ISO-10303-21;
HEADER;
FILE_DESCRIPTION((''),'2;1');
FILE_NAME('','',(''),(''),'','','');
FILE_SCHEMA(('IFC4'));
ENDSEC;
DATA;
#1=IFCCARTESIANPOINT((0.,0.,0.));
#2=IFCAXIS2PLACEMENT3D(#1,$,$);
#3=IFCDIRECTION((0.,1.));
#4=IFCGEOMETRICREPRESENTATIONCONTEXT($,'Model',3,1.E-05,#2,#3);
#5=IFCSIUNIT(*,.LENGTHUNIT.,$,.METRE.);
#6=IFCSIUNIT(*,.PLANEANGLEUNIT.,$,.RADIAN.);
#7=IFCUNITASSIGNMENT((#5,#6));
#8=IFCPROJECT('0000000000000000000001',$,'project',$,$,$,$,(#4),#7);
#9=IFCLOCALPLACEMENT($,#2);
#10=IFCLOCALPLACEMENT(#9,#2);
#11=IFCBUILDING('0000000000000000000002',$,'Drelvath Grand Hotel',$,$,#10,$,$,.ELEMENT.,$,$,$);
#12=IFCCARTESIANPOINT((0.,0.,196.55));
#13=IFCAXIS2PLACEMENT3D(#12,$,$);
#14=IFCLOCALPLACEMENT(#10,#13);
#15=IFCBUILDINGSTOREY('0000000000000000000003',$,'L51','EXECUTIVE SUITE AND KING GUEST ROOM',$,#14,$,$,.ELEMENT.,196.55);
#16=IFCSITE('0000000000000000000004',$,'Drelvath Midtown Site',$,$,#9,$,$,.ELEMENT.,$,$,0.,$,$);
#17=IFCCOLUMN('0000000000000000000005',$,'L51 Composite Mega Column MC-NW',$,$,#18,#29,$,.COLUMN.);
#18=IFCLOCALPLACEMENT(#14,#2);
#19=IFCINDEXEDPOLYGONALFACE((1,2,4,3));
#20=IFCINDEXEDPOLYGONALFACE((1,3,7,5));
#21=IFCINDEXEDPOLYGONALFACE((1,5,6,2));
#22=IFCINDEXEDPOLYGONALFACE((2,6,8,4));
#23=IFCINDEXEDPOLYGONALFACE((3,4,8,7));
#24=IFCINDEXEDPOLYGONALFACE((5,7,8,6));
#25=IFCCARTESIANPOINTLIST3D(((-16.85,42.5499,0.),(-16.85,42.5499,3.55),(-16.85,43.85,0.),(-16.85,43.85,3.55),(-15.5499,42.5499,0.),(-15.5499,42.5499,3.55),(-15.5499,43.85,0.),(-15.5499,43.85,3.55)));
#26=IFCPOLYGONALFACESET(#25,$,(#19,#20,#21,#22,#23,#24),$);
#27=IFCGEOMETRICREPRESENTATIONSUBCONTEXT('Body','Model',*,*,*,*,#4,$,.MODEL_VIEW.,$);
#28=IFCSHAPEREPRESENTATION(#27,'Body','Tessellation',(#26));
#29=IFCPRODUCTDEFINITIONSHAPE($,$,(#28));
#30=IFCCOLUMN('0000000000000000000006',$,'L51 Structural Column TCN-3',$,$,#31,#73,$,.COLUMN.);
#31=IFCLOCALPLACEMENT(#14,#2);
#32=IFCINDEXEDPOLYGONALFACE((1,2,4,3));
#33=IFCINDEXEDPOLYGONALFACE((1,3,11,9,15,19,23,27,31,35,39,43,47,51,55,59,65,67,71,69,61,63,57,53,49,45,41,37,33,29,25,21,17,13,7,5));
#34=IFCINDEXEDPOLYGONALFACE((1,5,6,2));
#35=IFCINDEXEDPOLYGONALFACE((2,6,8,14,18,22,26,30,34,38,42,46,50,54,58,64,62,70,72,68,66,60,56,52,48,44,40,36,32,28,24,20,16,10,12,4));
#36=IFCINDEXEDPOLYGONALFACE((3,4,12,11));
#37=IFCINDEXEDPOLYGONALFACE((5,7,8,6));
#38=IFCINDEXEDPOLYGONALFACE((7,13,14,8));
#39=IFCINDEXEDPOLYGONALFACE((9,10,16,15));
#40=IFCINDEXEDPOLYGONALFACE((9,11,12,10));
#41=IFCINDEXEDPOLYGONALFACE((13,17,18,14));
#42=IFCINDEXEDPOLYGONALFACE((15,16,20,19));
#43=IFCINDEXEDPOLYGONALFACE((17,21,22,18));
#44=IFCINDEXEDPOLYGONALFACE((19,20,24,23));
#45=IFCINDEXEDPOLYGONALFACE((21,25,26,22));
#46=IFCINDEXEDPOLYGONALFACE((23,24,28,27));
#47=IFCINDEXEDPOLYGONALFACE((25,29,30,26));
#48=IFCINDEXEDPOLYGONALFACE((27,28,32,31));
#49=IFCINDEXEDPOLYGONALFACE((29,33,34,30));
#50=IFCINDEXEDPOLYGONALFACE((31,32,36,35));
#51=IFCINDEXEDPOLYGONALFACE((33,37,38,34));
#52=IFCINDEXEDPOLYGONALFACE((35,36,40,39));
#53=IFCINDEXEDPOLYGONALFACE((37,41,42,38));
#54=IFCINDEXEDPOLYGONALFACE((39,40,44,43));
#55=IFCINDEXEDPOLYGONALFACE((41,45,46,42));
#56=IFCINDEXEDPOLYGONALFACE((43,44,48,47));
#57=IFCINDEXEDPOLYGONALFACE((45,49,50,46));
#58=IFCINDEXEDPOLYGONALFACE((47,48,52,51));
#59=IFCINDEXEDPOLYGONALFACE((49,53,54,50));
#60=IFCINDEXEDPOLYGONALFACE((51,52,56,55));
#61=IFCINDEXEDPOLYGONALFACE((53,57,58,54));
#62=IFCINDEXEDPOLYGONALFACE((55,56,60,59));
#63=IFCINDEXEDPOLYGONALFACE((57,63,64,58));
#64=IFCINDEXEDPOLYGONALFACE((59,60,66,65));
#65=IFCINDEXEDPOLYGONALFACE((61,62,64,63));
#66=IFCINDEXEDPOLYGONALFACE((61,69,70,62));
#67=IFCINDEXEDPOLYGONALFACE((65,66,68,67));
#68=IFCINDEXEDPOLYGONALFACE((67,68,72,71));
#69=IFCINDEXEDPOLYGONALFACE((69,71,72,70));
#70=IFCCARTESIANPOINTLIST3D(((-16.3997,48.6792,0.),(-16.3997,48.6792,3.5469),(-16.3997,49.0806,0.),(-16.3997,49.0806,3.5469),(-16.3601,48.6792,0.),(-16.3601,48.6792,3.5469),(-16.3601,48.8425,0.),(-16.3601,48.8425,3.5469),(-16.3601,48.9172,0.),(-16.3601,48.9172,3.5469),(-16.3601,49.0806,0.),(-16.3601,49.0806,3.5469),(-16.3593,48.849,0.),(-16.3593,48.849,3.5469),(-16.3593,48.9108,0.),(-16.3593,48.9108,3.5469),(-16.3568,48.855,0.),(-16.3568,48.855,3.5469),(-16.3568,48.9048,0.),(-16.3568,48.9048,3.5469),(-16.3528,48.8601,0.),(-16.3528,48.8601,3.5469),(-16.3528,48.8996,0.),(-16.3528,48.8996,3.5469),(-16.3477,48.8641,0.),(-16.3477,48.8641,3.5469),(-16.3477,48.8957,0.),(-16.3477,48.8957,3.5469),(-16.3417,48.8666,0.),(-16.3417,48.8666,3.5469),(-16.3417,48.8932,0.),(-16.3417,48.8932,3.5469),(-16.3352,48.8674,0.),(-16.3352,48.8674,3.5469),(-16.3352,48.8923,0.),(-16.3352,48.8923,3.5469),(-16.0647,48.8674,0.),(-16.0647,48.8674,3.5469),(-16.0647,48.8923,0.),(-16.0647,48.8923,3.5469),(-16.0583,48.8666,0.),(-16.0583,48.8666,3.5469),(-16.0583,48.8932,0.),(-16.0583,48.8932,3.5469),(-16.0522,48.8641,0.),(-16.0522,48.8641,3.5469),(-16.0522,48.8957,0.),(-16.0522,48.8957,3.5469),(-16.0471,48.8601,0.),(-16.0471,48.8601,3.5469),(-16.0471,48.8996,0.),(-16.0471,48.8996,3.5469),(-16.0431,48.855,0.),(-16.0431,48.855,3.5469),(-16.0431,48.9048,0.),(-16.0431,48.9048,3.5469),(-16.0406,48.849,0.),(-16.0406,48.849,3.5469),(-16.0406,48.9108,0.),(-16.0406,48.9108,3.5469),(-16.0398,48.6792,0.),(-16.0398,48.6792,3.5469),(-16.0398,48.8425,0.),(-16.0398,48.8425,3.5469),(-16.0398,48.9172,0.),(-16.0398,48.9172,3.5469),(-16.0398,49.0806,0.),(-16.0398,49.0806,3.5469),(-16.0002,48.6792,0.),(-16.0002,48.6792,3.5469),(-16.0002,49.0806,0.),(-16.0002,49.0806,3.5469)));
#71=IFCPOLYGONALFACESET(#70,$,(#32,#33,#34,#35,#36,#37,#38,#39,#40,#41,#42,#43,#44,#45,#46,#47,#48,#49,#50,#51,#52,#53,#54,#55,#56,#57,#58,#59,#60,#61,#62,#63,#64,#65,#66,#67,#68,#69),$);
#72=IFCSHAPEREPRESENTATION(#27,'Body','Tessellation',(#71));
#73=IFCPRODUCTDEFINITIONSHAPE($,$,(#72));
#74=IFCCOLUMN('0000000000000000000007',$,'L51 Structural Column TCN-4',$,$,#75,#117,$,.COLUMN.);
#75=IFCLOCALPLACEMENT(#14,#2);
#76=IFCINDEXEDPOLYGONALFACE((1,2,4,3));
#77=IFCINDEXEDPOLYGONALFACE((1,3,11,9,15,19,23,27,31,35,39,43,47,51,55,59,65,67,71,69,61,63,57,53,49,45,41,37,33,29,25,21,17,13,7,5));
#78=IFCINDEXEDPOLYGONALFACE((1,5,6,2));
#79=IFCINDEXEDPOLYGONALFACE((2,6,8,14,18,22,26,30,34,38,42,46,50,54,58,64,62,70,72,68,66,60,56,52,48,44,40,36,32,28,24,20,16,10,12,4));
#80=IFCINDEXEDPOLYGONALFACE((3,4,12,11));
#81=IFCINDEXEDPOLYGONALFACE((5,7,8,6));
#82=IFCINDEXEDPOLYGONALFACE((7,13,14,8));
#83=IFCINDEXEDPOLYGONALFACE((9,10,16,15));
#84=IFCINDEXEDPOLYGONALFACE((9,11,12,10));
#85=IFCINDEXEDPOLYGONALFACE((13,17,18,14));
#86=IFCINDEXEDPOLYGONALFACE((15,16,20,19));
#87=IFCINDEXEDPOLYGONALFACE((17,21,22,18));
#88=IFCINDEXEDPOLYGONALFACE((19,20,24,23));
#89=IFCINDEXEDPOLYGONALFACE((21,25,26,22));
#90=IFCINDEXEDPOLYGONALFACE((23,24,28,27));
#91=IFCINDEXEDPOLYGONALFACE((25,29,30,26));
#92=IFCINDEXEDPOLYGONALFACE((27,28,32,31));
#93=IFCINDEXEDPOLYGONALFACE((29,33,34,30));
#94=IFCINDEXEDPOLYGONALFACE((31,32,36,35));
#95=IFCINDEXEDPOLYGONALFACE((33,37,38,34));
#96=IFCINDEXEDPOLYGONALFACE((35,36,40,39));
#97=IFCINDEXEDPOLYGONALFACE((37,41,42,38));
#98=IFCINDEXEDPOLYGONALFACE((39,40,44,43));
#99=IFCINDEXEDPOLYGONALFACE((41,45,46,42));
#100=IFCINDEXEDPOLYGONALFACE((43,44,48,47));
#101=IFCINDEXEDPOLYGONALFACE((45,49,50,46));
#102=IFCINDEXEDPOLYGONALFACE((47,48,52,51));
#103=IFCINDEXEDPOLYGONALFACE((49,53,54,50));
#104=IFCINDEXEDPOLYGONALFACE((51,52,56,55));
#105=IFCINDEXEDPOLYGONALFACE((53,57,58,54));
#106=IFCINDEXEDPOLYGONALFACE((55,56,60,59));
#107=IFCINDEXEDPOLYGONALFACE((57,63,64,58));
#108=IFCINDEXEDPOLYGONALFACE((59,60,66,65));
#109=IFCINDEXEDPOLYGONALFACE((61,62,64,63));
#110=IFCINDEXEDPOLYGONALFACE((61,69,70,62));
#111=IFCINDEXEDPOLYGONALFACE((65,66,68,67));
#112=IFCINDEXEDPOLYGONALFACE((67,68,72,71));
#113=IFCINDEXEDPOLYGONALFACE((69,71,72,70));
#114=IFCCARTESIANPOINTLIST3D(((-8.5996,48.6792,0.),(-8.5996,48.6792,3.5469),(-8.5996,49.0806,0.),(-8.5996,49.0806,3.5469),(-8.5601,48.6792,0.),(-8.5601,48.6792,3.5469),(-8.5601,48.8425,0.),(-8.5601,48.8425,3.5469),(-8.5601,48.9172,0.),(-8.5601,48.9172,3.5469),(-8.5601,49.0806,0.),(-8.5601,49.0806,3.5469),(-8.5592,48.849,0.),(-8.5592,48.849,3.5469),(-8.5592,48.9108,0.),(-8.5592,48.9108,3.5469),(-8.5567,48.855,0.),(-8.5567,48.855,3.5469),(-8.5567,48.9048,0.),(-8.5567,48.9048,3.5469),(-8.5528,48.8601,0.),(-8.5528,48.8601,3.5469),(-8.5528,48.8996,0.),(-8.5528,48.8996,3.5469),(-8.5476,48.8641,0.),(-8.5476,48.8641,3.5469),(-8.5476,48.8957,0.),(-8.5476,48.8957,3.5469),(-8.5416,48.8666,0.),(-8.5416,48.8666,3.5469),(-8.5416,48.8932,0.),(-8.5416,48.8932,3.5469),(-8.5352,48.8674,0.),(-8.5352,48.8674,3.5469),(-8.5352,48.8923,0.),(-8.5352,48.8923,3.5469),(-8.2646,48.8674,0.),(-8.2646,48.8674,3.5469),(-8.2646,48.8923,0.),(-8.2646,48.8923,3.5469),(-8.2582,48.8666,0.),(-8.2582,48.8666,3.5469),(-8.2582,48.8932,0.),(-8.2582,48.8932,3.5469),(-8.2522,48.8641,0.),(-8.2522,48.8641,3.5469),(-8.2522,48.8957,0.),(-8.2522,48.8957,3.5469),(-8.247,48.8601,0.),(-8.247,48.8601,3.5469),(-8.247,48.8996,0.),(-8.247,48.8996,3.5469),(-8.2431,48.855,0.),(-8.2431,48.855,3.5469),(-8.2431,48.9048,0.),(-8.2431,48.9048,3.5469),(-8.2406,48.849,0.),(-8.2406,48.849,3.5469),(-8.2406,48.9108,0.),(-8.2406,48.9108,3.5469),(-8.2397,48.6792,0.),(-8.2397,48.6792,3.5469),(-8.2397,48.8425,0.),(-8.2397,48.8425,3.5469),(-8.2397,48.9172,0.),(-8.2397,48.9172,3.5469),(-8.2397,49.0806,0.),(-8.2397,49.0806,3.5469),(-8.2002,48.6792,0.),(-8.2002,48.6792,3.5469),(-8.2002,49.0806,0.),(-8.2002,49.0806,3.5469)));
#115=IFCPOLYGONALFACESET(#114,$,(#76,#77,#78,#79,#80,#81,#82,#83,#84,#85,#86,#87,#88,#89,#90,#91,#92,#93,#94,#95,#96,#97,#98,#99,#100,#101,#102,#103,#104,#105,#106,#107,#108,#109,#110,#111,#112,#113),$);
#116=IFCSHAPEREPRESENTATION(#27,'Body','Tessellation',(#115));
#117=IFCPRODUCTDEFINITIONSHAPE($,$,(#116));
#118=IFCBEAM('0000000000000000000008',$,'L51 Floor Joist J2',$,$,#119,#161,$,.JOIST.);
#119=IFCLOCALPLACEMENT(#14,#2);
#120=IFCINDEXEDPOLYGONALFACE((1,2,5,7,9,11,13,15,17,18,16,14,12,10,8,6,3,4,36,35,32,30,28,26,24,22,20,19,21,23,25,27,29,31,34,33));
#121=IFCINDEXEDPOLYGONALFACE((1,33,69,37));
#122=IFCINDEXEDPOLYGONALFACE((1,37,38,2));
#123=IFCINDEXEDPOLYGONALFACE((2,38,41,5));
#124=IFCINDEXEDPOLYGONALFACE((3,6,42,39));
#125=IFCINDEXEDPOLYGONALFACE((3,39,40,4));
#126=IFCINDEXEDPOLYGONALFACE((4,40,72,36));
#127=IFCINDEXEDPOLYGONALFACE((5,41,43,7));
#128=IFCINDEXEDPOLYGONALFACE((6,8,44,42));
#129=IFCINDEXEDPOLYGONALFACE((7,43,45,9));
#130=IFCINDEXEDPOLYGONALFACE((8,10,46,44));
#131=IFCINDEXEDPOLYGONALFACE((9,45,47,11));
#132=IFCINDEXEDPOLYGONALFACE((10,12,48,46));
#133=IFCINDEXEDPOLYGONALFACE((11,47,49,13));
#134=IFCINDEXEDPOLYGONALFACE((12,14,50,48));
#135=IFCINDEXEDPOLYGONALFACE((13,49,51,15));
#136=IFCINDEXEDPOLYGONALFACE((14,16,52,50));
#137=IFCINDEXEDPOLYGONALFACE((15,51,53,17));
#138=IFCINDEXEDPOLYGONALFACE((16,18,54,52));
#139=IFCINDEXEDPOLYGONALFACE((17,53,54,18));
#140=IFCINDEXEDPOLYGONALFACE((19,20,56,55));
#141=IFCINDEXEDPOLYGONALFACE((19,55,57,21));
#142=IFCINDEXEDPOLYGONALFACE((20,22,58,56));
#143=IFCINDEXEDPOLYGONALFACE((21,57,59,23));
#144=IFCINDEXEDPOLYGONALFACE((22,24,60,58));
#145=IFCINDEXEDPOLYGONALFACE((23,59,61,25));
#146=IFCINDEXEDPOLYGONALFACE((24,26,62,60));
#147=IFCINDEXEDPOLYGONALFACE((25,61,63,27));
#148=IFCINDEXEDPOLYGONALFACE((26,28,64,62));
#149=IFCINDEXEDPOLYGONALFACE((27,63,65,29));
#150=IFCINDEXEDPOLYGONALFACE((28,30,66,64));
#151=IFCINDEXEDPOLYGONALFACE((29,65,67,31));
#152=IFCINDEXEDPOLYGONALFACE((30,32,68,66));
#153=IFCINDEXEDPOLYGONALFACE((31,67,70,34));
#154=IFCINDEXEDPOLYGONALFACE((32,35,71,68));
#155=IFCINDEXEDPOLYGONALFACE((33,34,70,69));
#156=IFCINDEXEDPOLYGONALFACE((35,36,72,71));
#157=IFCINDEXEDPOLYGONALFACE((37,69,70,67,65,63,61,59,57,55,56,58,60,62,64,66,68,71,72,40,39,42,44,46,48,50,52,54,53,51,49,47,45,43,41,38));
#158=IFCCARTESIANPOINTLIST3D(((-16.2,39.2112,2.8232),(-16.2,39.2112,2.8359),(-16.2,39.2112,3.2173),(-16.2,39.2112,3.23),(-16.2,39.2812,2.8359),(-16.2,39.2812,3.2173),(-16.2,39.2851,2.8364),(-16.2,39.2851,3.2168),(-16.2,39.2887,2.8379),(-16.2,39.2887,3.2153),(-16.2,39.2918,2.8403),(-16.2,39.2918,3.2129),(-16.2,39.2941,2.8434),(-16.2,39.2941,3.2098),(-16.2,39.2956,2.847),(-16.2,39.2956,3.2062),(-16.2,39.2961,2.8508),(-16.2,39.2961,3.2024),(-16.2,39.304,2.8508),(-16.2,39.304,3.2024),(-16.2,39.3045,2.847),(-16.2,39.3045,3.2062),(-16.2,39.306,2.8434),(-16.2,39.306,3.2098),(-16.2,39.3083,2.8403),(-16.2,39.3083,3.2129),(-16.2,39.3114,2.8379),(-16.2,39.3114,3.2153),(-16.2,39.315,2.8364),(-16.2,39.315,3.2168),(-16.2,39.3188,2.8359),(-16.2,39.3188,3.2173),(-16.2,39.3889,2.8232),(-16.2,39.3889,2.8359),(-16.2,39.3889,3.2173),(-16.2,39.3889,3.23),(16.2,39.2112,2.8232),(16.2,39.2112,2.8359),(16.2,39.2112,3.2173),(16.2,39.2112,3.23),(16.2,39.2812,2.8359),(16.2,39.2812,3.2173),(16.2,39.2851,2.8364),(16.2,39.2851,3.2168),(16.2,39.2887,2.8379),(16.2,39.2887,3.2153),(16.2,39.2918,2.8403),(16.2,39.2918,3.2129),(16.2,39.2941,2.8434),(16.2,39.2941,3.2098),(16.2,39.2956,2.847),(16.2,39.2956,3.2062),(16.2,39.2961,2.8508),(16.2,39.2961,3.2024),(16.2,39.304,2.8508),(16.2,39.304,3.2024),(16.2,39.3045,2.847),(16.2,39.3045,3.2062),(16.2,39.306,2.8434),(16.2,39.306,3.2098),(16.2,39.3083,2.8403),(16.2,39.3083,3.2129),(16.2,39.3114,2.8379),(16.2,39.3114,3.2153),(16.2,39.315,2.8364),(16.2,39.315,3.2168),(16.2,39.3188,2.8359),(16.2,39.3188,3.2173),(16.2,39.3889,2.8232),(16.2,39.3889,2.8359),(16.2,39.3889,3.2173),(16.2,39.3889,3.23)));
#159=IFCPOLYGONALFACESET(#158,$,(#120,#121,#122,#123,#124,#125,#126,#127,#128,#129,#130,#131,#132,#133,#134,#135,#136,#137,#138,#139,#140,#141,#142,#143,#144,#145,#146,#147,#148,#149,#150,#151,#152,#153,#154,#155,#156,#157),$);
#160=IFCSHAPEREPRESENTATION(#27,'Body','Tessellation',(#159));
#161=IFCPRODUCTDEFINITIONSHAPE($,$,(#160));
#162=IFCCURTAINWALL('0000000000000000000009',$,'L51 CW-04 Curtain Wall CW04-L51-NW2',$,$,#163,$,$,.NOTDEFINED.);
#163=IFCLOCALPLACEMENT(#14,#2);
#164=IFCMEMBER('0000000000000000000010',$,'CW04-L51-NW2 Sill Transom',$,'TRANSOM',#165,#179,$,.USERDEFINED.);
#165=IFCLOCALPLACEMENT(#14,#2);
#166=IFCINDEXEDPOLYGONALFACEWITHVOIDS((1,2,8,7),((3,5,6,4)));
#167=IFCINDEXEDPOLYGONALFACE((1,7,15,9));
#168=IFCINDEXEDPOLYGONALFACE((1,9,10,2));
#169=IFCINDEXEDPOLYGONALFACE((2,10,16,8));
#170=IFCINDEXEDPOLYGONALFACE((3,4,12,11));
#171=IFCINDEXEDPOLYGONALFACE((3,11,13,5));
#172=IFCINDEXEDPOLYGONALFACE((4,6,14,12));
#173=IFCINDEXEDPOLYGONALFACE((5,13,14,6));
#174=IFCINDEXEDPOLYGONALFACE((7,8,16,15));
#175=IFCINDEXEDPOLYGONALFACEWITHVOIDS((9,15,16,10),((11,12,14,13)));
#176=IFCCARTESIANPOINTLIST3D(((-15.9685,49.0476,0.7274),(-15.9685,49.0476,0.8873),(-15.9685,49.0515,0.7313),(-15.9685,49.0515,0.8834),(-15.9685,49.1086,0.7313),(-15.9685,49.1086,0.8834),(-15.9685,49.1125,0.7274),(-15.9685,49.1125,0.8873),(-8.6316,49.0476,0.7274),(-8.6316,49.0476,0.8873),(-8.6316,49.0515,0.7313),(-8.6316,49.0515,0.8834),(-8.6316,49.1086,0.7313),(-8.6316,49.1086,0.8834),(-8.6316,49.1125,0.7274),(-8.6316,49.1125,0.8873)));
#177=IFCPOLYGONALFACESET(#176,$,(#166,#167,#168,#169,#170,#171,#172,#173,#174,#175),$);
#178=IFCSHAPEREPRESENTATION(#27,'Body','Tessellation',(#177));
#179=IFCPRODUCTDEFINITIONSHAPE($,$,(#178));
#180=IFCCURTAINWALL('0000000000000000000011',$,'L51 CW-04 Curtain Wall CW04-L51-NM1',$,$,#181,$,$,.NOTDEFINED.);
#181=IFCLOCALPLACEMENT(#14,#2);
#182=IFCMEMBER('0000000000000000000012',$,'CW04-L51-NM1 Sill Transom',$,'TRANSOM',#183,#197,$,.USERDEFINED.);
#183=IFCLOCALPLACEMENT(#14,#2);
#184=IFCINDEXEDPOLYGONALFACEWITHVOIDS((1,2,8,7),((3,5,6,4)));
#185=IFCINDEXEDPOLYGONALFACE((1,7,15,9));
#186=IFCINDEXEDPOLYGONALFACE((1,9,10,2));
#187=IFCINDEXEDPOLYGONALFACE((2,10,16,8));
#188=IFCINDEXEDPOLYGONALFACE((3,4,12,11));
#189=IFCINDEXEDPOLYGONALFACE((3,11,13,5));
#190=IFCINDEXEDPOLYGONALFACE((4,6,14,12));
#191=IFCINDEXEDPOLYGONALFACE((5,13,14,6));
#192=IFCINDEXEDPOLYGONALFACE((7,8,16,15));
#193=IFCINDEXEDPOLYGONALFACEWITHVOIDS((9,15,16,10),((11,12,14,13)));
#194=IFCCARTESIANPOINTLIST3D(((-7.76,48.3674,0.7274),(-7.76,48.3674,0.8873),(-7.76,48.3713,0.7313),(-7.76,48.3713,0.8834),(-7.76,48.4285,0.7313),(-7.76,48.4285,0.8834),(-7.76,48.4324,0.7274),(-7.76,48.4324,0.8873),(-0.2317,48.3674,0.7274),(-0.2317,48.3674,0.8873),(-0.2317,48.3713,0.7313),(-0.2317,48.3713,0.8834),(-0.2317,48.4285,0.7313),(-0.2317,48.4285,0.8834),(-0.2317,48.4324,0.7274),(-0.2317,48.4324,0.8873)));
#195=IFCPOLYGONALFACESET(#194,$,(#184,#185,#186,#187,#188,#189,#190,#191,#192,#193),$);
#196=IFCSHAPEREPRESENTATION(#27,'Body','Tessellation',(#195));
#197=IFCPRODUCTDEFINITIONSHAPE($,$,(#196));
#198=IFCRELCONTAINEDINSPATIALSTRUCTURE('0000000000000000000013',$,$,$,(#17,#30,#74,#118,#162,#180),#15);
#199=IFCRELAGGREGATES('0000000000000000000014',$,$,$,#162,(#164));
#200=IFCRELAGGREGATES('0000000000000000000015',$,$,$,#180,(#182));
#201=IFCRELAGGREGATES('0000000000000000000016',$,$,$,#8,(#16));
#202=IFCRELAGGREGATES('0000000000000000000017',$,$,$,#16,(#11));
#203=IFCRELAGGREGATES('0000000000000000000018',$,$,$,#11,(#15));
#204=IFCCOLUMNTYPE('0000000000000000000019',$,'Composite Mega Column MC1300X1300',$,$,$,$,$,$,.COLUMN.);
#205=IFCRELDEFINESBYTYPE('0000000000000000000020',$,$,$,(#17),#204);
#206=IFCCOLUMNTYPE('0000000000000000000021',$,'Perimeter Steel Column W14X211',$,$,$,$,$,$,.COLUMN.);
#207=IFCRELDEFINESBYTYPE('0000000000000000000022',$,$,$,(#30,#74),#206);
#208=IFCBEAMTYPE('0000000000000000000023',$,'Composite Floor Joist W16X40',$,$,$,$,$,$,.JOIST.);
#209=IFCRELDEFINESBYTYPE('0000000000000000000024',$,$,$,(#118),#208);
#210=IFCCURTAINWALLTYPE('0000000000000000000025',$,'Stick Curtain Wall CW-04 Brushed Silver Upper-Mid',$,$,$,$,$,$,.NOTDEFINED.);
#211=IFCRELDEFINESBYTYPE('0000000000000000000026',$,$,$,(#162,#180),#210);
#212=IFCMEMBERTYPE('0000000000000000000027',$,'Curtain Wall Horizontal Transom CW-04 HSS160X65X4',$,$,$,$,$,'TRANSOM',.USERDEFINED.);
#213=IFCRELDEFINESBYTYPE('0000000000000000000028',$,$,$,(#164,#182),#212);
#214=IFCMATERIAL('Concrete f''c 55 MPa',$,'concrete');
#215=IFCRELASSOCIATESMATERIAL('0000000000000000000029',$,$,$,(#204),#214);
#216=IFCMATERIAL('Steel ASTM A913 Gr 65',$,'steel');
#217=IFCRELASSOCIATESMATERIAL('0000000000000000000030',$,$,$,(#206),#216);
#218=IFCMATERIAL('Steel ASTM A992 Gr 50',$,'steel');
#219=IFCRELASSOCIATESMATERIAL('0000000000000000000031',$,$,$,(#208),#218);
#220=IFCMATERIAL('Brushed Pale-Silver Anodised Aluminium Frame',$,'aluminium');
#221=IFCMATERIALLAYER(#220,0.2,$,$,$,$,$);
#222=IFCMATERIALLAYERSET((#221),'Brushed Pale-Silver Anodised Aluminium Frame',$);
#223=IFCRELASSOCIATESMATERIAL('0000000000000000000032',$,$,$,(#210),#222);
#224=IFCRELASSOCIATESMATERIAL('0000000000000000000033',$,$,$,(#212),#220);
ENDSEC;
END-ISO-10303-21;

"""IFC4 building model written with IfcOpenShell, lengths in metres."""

from ifc_helpers import new_model, si_unit, direction, frame, origin, origin_2d, place, context, subcontext, project, spatial, rectangle, hollow_rectangle, i_section, extrude, material, layer, layer_set, material_profile, profile_set, type_object, element, aggregate, save


model = new_model("IFC4")

# Units and contexts
model_context = context("Model", 3, precision=1e-05, world=origin(), true_north=direction((0.0, 1.0)))
body_context = subcontext(model_context, "Body", "Model", "MODEL_VIEW")
ifc_project = project(units=[si_unit("LENGTHUNIT", "METRE"), si_unit("PLANEANGLEUNIT", "RADIAN")], contexts=[model_context])

# Site, building, storey
site_placement = place(None, origin())
site = spatial("IfcSite", under=ifc_project, at=site_placement, Name="Drelvath Midtown Site", CompositionType="ELEMENT", RefElevation=0.0)
building_placement = place(site_placement, origin())
building = spatial("IfcBuilding", under=site, at=building_placement, Name="Drelvath Grand Hotel", CompositionType="ELEMENT")
storey_placement = place(building_placement, frame((0.0, 0.0, 196.55)))
storey = spatial("IfcBuildingStorey", under=building, at=storey_placement, Name="L51", Description="EXECUTIVE SUITE AND KING GUEST ROOM", CompositionType="ELEMENT", Elevation=196.55)

# Columns
ifc_material_1 = material(Name="Concrete f'c 55 MPa", Category="concrete")
ifc_material_profile_1 = material_profile(ifc_material_1, rectangle(XDim=1.3, YDim=1.3, at=origin_2d()), Name="MC1300X1300")
ifc_profile_set_1 = profile_set([ifc_material_profile_1], Name="Concrete f'c 55 MPa")
column_type_1 = type_object("IfcColumnType", Name="Composite Mega Column MC1300X1300", PredefinedType="COLUMN", material=ifc_profile_set_1)
column_placement = place(storey_placement, frame((-16.2, 43.2, 0.0), z_axis=(0.0, 0.0, 1.0), x_axis=(1.0, 0.0, 0.0)))
element("IfcColumn", 1, at=column_placement, inside=storey, type_object=column_type_1, Name="L51 Composite Mega Column MC-NW", PredefinedType="COLUMN", context=body_context, shape_type="SweptSolid", body=[
    extrude(rectangle(XDim=1.3, YDim=1.3, at=origin_2d()), origin(), (0.0, 0.0, 1.0), 3.55),
])
ifc_material_2 = material(Name="Steel ASTM A913 Gr 65", Category="steel")
ifc_material_profile_2 = material_profile(ifc_material_2, i_section(OverallWidth=0.4014, OverallDepth=0.3994, WebThickness=0.0249, FlangeThickness=0.0396, FilletRadius=0.0249, at=origin_2d()), Name="W14X211")
ifc_profile_set_2 = profile_set([ifc_material_profile_2], Name="Steel ASTM A913 Gr 65")
column_type_2 = type_object("IfcColumnType", Name="Perimeter Steel Column W14X211", PredefinedType="COLUMN", material=ifc_profile_set_2)
for number, where, z_axis, x_axis, name in (
    (2, (-16.2, 48.8799, 0.0), (0.0, 0.0, 1.0), (0.0, 1.0, 0.0), "L51 Structural Column TCN-3"),
    (3, (-8.3999, 48.8799, 0.0), (0.0, 0.0, 1.0), (0.0, 1.0, 0.0), "L51 Structural Column TCN-4"),
):
    element("IfcColumn", number, at=place(storey_placement, frame(where, z_axis=z_axis, x_axis=x_axis)), inside=storey, type_object=column_type_2, Name=name, PredefinedType="COLUMN", context=body_context, shape_type="SweptSolid", body=[
        extrude(i_section(OverallWidth=0.4014, OverallDepth=0.3994, WebThickness=0.0249, FlangeThickness=0.0396, FilletRadius=0.0249, at=origin_2d()), origin(), (0.0, 0.0, 1.0), 3.5469),
    ])

# Beam
ifc_material_3 = material(Name="Steel ASTM A992 Gr 50", Category="steel")
ifc_material_profile_3 = material_profile(ifc_material_3, i_section(OverallWidth=0.1777, OverallDepth=0.4067, WebThickness=0.0078, FlangeThickness=0.0127, FilletRadius=0.0149, at=origin_2d()), Name="W16X40")
ifc_profile_set_3 = profile_set([ifc_material_profile_3], Name="Steel ASTM A992 Gr 50")
beam_type_1 = type_object("IfcBeamType", Name="Composite Floor Joist W16X40", PredefinedType="JOIST", material=ifc_profile_set_3)
beam_1_placement = place(storey_placement, frame((-16.2, 39.3, 3.0266), z_axis=(1.0, 0.0, 0.0), x_axis=(0.0, 1.0, 0.0)))
element("IfcBeam", 4, at=beam_1_placement, inside=storey, type_object=beam_type_1, Name="L51 Floor Joist J2", PredefinedType="JOIST", context=body_context, shape_type="SweptSolid", body=[
    extrude(i_section(OverallWidth=0.1777, OverallDepth=0.4067, WebThickness=0.0078, FlangeThickness=0.0127, FilletRadius=0.0149, at=origin_2d()), origin(), (0.0, 0.0, 1.0), 32.3999),
])

# Curtain walls, members
ifc_material_4 = material(Name="Brushed Pale-Silver Anodised Aluminium Frame", Category="aluminium")
ifc_layer_1 = layer(ifc_material_4, 0.2)
ifc_layer_set_1 = layer_set([ifc_layer_1], Name="Brushed Pale-Silver Anodised Aluminium Frame")
curtain_wall_type = type_object("IfcCurtainWallType", Name="Stick Curtain Wall CW-04 Brushed Silver Upper-Mid", PredefinedType="NOTDEFINED", material=ifc_layer_set_1)
curtain_wall_1_placement = place(storey_placement, origin())
curtain_wall_1 = element("IfcCurtainWall", 5, at=curtain_wall_1_placement, inside=storey, type_object=curtain_wall_type, Name="L51 CW-04 Curtain Wall CW04-L51-NW2", PredefinedType="NOTDEFINED")
ifc_material_profile_4 = material_profile(ifc_material_4, hollow_rectangle(XDim=0.0649, YDim=0.1599, WallThickness=0.0039, at=origin_2d()), Name="HSS160X65X4")
ifc_profile_set_4 = profile_set([ifc_material_profile_4], Name="Brushed Pale-Silver Anodised Aluminium Frame")
member_type_1 = type_object("IfcMemberType", Name="Curtain Wall Horizontal Transom CW-04 HSS160X65X4", ElementType="TRANSOM", PredefinedType="USERDEFINED", material=ifc_profile_set_4)
member_1_placement = place(storey_placement, frame((-15.9685, 49.0801, 0.8074), z_axis=(1.0, 0.0, 0.0), x_axis=(0.0, 1.0, 0.0)))
member_1 = element("IfcMember", 6, at=member_1_placement, type_object=member_type_1, Name="CW04-L51-NW2 Sill Transom", ObjectType="TRANSOM", PredefinedType="USERDEFINED", context=body_context, shape_type="SweptSolid", body=[
    extrude(hollow_rectangle(XDim=0.0649, YDim=0.1599, WallThickness=0.0039, at=origin_2d()), origin(), (0.0, 0.0, 1.0), 7.3369),
])
curtain_wall_2_placement = place(storey_placement, origin())
curtain_wall_2 = element("IfcCurtainWall", 7, at=curtain_wall_2_placement, inside=storey, type_object=curtain_wall_type, Name="L51 CW-04 Curtain Wall CW04-L51-NM1", PredefinedType="NOTDEFINED")
member_2_placement = place(storey_placement, frame((-7.76, 48.3999, 0.8074), z_axis=(1.0, 0.0, 0.0), x_axis=(0.0, 1.0, 0.0)))
member_2 = element("IfcMember", 8, at=member_2_placement, type_object=member_type_1, Name="CW04-L51-NM1 Sill Transom", ObjectType="TRANSOM", PredefinedType="USERDEFINED", context=body_context, shape_type="SweptSolid", body=[
    extrude(hollow_rectangle(XDim=0.0649, YDim=0.1599, WallThickness=0.0039, at=origin_2d()), origin(), (0.0, 0.0, 1.0), 7.5283),
])

aggregate(curtain_wall_1, [member_1])
aggregate(curtain_wall_2, [member_2])

save(model, "model.ifc")
